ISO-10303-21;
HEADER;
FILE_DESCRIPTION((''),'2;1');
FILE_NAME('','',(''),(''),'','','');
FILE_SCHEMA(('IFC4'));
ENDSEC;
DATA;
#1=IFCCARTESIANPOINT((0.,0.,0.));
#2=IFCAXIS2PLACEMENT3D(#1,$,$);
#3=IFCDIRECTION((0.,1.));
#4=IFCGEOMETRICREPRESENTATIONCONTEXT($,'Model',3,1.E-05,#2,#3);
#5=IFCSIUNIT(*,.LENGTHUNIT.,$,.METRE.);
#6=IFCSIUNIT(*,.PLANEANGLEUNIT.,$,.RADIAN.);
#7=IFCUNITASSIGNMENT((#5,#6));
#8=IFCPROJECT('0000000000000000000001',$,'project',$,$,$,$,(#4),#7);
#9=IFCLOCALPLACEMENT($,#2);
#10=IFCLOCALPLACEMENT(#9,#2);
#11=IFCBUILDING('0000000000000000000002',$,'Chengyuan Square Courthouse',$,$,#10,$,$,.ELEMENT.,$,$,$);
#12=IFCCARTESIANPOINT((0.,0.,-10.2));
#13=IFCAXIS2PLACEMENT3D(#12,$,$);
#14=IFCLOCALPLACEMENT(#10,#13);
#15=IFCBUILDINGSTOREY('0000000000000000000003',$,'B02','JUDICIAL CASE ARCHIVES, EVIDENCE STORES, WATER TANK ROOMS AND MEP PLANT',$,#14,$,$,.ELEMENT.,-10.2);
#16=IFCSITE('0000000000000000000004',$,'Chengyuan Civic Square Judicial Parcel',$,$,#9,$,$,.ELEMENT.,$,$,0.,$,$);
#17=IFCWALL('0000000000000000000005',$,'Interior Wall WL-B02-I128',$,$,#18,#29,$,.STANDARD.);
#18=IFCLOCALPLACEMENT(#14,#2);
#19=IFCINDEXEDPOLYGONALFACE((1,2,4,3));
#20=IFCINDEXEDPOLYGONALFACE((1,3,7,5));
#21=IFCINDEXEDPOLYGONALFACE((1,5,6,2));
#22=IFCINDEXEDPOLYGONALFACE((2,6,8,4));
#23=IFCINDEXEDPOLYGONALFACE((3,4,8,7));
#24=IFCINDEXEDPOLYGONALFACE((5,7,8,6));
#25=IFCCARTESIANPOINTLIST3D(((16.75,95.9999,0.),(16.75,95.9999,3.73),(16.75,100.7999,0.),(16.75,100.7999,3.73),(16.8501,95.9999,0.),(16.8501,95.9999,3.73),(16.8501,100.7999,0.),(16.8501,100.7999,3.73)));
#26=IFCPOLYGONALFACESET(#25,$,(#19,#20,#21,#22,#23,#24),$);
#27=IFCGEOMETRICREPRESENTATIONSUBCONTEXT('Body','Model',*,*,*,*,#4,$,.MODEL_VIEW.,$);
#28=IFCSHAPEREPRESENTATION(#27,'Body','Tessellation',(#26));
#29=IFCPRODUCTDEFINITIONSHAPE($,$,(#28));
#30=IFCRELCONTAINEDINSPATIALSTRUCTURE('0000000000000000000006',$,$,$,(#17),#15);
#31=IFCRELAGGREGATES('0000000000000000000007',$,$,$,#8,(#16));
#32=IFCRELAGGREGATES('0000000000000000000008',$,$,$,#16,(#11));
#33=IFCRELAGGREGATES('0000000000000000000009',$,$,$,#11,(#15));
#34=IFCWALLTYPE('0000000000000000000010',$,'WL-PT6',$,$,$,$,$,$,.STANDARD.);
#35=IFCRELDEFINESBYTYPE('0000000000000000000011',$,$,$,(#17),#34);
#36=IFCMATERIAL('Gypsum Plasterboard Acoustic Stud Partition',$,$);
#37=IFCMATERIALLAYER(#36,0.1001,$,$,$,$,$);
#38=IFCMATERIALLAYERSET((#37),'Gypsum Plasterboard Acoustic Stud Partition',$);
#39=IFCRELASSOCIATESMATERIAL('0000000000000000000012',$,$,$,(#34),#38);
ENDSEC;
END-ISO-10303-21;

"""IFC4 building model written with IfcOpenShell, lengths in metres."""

from ifc_helpers import new_model, si_unit, direction, frame, frame_2d, origin, place, context, subcontext, project, spatial, rectangle, extrude, material, layer, layer_set, type_object, element, save


model = new_model("IFC4")

# Units and contexts
model_context = context("Model", 3, precision=1e-05, world=origin(), true_north=direction((0.0, 1.0)))
body_context = subcontext(model_context, "Body", "Model", "MODEL_VIEW")
ifc_project = project(units=[si_unit("LENGTHUNIT", "METRE"), si_unit("PLANEANGLEUNIT", "RADIAN")], contexts=[model_context])

# Site, building, storey
site_placement = place(None, origin())
site = spatial("IfcSite", under=ifc_project, at=site_placement, Name="Chengyuan Civic Square Judicial Parcel", CompositionType="ELEMENT", RefElevation=0.0)
building_placement = place(site_placement, origin())
building = spatial("IfcBuilding", under=site, at=building_placement, Name="Chengyuan Square Courthouse", CompositionType="ELEMENT")
storey_placement = place(building_placement, frame((0.0, 0.0, -10.2)))
storey = spatial("IfcBuildingStorey", under=building, at=storey_placement, Name="B02", Description="JUDICIAL CASE ARCHIVES, EVIDENCE STORES, WATER TANK ROOMS AND MEP PLANT", CompositionType="ELEMENT", Elevation=-10.2)

# Wall
ifc_material_1 = material(Name="Gypsum Plasterboard Acoustic Stud Partition")
ifc_layer_1 = layer(ifc_material_1, 0.1001)
ifc_layer_set_1 = layer_set([ifc_layer_1], Name="Gypsum Plasterboard Acoustic Stud Partition")
wall_type_1 = type_object("IfcWallType", Name="WL-PT6", PredefinedType="STANDARD", material=ifc_layer_set_1)
wall_1_placement = place(storey_placement, frame((16.8, 96.0, 0.0), z_axis=(0.0, 0.0, 1.0), x_axis=(0.0, 1.0, 0.0)))
element("IfcWall", 1, at=wall_1_placement, inside=storey, type_object=wall_type_1, Name="Interior Wall WL-B02-I128", PredefinedType="STANDARD", context=body_context, shape_type="SweptSolid", body=[
    extrude(rectangle(XDim=4.8, YDim=0.1001, at=frame_2d((2.3999, 0.0))), origin(), (0.0, 0.0, 1.0), 3.73),
])

save(model, "model.ifc")
